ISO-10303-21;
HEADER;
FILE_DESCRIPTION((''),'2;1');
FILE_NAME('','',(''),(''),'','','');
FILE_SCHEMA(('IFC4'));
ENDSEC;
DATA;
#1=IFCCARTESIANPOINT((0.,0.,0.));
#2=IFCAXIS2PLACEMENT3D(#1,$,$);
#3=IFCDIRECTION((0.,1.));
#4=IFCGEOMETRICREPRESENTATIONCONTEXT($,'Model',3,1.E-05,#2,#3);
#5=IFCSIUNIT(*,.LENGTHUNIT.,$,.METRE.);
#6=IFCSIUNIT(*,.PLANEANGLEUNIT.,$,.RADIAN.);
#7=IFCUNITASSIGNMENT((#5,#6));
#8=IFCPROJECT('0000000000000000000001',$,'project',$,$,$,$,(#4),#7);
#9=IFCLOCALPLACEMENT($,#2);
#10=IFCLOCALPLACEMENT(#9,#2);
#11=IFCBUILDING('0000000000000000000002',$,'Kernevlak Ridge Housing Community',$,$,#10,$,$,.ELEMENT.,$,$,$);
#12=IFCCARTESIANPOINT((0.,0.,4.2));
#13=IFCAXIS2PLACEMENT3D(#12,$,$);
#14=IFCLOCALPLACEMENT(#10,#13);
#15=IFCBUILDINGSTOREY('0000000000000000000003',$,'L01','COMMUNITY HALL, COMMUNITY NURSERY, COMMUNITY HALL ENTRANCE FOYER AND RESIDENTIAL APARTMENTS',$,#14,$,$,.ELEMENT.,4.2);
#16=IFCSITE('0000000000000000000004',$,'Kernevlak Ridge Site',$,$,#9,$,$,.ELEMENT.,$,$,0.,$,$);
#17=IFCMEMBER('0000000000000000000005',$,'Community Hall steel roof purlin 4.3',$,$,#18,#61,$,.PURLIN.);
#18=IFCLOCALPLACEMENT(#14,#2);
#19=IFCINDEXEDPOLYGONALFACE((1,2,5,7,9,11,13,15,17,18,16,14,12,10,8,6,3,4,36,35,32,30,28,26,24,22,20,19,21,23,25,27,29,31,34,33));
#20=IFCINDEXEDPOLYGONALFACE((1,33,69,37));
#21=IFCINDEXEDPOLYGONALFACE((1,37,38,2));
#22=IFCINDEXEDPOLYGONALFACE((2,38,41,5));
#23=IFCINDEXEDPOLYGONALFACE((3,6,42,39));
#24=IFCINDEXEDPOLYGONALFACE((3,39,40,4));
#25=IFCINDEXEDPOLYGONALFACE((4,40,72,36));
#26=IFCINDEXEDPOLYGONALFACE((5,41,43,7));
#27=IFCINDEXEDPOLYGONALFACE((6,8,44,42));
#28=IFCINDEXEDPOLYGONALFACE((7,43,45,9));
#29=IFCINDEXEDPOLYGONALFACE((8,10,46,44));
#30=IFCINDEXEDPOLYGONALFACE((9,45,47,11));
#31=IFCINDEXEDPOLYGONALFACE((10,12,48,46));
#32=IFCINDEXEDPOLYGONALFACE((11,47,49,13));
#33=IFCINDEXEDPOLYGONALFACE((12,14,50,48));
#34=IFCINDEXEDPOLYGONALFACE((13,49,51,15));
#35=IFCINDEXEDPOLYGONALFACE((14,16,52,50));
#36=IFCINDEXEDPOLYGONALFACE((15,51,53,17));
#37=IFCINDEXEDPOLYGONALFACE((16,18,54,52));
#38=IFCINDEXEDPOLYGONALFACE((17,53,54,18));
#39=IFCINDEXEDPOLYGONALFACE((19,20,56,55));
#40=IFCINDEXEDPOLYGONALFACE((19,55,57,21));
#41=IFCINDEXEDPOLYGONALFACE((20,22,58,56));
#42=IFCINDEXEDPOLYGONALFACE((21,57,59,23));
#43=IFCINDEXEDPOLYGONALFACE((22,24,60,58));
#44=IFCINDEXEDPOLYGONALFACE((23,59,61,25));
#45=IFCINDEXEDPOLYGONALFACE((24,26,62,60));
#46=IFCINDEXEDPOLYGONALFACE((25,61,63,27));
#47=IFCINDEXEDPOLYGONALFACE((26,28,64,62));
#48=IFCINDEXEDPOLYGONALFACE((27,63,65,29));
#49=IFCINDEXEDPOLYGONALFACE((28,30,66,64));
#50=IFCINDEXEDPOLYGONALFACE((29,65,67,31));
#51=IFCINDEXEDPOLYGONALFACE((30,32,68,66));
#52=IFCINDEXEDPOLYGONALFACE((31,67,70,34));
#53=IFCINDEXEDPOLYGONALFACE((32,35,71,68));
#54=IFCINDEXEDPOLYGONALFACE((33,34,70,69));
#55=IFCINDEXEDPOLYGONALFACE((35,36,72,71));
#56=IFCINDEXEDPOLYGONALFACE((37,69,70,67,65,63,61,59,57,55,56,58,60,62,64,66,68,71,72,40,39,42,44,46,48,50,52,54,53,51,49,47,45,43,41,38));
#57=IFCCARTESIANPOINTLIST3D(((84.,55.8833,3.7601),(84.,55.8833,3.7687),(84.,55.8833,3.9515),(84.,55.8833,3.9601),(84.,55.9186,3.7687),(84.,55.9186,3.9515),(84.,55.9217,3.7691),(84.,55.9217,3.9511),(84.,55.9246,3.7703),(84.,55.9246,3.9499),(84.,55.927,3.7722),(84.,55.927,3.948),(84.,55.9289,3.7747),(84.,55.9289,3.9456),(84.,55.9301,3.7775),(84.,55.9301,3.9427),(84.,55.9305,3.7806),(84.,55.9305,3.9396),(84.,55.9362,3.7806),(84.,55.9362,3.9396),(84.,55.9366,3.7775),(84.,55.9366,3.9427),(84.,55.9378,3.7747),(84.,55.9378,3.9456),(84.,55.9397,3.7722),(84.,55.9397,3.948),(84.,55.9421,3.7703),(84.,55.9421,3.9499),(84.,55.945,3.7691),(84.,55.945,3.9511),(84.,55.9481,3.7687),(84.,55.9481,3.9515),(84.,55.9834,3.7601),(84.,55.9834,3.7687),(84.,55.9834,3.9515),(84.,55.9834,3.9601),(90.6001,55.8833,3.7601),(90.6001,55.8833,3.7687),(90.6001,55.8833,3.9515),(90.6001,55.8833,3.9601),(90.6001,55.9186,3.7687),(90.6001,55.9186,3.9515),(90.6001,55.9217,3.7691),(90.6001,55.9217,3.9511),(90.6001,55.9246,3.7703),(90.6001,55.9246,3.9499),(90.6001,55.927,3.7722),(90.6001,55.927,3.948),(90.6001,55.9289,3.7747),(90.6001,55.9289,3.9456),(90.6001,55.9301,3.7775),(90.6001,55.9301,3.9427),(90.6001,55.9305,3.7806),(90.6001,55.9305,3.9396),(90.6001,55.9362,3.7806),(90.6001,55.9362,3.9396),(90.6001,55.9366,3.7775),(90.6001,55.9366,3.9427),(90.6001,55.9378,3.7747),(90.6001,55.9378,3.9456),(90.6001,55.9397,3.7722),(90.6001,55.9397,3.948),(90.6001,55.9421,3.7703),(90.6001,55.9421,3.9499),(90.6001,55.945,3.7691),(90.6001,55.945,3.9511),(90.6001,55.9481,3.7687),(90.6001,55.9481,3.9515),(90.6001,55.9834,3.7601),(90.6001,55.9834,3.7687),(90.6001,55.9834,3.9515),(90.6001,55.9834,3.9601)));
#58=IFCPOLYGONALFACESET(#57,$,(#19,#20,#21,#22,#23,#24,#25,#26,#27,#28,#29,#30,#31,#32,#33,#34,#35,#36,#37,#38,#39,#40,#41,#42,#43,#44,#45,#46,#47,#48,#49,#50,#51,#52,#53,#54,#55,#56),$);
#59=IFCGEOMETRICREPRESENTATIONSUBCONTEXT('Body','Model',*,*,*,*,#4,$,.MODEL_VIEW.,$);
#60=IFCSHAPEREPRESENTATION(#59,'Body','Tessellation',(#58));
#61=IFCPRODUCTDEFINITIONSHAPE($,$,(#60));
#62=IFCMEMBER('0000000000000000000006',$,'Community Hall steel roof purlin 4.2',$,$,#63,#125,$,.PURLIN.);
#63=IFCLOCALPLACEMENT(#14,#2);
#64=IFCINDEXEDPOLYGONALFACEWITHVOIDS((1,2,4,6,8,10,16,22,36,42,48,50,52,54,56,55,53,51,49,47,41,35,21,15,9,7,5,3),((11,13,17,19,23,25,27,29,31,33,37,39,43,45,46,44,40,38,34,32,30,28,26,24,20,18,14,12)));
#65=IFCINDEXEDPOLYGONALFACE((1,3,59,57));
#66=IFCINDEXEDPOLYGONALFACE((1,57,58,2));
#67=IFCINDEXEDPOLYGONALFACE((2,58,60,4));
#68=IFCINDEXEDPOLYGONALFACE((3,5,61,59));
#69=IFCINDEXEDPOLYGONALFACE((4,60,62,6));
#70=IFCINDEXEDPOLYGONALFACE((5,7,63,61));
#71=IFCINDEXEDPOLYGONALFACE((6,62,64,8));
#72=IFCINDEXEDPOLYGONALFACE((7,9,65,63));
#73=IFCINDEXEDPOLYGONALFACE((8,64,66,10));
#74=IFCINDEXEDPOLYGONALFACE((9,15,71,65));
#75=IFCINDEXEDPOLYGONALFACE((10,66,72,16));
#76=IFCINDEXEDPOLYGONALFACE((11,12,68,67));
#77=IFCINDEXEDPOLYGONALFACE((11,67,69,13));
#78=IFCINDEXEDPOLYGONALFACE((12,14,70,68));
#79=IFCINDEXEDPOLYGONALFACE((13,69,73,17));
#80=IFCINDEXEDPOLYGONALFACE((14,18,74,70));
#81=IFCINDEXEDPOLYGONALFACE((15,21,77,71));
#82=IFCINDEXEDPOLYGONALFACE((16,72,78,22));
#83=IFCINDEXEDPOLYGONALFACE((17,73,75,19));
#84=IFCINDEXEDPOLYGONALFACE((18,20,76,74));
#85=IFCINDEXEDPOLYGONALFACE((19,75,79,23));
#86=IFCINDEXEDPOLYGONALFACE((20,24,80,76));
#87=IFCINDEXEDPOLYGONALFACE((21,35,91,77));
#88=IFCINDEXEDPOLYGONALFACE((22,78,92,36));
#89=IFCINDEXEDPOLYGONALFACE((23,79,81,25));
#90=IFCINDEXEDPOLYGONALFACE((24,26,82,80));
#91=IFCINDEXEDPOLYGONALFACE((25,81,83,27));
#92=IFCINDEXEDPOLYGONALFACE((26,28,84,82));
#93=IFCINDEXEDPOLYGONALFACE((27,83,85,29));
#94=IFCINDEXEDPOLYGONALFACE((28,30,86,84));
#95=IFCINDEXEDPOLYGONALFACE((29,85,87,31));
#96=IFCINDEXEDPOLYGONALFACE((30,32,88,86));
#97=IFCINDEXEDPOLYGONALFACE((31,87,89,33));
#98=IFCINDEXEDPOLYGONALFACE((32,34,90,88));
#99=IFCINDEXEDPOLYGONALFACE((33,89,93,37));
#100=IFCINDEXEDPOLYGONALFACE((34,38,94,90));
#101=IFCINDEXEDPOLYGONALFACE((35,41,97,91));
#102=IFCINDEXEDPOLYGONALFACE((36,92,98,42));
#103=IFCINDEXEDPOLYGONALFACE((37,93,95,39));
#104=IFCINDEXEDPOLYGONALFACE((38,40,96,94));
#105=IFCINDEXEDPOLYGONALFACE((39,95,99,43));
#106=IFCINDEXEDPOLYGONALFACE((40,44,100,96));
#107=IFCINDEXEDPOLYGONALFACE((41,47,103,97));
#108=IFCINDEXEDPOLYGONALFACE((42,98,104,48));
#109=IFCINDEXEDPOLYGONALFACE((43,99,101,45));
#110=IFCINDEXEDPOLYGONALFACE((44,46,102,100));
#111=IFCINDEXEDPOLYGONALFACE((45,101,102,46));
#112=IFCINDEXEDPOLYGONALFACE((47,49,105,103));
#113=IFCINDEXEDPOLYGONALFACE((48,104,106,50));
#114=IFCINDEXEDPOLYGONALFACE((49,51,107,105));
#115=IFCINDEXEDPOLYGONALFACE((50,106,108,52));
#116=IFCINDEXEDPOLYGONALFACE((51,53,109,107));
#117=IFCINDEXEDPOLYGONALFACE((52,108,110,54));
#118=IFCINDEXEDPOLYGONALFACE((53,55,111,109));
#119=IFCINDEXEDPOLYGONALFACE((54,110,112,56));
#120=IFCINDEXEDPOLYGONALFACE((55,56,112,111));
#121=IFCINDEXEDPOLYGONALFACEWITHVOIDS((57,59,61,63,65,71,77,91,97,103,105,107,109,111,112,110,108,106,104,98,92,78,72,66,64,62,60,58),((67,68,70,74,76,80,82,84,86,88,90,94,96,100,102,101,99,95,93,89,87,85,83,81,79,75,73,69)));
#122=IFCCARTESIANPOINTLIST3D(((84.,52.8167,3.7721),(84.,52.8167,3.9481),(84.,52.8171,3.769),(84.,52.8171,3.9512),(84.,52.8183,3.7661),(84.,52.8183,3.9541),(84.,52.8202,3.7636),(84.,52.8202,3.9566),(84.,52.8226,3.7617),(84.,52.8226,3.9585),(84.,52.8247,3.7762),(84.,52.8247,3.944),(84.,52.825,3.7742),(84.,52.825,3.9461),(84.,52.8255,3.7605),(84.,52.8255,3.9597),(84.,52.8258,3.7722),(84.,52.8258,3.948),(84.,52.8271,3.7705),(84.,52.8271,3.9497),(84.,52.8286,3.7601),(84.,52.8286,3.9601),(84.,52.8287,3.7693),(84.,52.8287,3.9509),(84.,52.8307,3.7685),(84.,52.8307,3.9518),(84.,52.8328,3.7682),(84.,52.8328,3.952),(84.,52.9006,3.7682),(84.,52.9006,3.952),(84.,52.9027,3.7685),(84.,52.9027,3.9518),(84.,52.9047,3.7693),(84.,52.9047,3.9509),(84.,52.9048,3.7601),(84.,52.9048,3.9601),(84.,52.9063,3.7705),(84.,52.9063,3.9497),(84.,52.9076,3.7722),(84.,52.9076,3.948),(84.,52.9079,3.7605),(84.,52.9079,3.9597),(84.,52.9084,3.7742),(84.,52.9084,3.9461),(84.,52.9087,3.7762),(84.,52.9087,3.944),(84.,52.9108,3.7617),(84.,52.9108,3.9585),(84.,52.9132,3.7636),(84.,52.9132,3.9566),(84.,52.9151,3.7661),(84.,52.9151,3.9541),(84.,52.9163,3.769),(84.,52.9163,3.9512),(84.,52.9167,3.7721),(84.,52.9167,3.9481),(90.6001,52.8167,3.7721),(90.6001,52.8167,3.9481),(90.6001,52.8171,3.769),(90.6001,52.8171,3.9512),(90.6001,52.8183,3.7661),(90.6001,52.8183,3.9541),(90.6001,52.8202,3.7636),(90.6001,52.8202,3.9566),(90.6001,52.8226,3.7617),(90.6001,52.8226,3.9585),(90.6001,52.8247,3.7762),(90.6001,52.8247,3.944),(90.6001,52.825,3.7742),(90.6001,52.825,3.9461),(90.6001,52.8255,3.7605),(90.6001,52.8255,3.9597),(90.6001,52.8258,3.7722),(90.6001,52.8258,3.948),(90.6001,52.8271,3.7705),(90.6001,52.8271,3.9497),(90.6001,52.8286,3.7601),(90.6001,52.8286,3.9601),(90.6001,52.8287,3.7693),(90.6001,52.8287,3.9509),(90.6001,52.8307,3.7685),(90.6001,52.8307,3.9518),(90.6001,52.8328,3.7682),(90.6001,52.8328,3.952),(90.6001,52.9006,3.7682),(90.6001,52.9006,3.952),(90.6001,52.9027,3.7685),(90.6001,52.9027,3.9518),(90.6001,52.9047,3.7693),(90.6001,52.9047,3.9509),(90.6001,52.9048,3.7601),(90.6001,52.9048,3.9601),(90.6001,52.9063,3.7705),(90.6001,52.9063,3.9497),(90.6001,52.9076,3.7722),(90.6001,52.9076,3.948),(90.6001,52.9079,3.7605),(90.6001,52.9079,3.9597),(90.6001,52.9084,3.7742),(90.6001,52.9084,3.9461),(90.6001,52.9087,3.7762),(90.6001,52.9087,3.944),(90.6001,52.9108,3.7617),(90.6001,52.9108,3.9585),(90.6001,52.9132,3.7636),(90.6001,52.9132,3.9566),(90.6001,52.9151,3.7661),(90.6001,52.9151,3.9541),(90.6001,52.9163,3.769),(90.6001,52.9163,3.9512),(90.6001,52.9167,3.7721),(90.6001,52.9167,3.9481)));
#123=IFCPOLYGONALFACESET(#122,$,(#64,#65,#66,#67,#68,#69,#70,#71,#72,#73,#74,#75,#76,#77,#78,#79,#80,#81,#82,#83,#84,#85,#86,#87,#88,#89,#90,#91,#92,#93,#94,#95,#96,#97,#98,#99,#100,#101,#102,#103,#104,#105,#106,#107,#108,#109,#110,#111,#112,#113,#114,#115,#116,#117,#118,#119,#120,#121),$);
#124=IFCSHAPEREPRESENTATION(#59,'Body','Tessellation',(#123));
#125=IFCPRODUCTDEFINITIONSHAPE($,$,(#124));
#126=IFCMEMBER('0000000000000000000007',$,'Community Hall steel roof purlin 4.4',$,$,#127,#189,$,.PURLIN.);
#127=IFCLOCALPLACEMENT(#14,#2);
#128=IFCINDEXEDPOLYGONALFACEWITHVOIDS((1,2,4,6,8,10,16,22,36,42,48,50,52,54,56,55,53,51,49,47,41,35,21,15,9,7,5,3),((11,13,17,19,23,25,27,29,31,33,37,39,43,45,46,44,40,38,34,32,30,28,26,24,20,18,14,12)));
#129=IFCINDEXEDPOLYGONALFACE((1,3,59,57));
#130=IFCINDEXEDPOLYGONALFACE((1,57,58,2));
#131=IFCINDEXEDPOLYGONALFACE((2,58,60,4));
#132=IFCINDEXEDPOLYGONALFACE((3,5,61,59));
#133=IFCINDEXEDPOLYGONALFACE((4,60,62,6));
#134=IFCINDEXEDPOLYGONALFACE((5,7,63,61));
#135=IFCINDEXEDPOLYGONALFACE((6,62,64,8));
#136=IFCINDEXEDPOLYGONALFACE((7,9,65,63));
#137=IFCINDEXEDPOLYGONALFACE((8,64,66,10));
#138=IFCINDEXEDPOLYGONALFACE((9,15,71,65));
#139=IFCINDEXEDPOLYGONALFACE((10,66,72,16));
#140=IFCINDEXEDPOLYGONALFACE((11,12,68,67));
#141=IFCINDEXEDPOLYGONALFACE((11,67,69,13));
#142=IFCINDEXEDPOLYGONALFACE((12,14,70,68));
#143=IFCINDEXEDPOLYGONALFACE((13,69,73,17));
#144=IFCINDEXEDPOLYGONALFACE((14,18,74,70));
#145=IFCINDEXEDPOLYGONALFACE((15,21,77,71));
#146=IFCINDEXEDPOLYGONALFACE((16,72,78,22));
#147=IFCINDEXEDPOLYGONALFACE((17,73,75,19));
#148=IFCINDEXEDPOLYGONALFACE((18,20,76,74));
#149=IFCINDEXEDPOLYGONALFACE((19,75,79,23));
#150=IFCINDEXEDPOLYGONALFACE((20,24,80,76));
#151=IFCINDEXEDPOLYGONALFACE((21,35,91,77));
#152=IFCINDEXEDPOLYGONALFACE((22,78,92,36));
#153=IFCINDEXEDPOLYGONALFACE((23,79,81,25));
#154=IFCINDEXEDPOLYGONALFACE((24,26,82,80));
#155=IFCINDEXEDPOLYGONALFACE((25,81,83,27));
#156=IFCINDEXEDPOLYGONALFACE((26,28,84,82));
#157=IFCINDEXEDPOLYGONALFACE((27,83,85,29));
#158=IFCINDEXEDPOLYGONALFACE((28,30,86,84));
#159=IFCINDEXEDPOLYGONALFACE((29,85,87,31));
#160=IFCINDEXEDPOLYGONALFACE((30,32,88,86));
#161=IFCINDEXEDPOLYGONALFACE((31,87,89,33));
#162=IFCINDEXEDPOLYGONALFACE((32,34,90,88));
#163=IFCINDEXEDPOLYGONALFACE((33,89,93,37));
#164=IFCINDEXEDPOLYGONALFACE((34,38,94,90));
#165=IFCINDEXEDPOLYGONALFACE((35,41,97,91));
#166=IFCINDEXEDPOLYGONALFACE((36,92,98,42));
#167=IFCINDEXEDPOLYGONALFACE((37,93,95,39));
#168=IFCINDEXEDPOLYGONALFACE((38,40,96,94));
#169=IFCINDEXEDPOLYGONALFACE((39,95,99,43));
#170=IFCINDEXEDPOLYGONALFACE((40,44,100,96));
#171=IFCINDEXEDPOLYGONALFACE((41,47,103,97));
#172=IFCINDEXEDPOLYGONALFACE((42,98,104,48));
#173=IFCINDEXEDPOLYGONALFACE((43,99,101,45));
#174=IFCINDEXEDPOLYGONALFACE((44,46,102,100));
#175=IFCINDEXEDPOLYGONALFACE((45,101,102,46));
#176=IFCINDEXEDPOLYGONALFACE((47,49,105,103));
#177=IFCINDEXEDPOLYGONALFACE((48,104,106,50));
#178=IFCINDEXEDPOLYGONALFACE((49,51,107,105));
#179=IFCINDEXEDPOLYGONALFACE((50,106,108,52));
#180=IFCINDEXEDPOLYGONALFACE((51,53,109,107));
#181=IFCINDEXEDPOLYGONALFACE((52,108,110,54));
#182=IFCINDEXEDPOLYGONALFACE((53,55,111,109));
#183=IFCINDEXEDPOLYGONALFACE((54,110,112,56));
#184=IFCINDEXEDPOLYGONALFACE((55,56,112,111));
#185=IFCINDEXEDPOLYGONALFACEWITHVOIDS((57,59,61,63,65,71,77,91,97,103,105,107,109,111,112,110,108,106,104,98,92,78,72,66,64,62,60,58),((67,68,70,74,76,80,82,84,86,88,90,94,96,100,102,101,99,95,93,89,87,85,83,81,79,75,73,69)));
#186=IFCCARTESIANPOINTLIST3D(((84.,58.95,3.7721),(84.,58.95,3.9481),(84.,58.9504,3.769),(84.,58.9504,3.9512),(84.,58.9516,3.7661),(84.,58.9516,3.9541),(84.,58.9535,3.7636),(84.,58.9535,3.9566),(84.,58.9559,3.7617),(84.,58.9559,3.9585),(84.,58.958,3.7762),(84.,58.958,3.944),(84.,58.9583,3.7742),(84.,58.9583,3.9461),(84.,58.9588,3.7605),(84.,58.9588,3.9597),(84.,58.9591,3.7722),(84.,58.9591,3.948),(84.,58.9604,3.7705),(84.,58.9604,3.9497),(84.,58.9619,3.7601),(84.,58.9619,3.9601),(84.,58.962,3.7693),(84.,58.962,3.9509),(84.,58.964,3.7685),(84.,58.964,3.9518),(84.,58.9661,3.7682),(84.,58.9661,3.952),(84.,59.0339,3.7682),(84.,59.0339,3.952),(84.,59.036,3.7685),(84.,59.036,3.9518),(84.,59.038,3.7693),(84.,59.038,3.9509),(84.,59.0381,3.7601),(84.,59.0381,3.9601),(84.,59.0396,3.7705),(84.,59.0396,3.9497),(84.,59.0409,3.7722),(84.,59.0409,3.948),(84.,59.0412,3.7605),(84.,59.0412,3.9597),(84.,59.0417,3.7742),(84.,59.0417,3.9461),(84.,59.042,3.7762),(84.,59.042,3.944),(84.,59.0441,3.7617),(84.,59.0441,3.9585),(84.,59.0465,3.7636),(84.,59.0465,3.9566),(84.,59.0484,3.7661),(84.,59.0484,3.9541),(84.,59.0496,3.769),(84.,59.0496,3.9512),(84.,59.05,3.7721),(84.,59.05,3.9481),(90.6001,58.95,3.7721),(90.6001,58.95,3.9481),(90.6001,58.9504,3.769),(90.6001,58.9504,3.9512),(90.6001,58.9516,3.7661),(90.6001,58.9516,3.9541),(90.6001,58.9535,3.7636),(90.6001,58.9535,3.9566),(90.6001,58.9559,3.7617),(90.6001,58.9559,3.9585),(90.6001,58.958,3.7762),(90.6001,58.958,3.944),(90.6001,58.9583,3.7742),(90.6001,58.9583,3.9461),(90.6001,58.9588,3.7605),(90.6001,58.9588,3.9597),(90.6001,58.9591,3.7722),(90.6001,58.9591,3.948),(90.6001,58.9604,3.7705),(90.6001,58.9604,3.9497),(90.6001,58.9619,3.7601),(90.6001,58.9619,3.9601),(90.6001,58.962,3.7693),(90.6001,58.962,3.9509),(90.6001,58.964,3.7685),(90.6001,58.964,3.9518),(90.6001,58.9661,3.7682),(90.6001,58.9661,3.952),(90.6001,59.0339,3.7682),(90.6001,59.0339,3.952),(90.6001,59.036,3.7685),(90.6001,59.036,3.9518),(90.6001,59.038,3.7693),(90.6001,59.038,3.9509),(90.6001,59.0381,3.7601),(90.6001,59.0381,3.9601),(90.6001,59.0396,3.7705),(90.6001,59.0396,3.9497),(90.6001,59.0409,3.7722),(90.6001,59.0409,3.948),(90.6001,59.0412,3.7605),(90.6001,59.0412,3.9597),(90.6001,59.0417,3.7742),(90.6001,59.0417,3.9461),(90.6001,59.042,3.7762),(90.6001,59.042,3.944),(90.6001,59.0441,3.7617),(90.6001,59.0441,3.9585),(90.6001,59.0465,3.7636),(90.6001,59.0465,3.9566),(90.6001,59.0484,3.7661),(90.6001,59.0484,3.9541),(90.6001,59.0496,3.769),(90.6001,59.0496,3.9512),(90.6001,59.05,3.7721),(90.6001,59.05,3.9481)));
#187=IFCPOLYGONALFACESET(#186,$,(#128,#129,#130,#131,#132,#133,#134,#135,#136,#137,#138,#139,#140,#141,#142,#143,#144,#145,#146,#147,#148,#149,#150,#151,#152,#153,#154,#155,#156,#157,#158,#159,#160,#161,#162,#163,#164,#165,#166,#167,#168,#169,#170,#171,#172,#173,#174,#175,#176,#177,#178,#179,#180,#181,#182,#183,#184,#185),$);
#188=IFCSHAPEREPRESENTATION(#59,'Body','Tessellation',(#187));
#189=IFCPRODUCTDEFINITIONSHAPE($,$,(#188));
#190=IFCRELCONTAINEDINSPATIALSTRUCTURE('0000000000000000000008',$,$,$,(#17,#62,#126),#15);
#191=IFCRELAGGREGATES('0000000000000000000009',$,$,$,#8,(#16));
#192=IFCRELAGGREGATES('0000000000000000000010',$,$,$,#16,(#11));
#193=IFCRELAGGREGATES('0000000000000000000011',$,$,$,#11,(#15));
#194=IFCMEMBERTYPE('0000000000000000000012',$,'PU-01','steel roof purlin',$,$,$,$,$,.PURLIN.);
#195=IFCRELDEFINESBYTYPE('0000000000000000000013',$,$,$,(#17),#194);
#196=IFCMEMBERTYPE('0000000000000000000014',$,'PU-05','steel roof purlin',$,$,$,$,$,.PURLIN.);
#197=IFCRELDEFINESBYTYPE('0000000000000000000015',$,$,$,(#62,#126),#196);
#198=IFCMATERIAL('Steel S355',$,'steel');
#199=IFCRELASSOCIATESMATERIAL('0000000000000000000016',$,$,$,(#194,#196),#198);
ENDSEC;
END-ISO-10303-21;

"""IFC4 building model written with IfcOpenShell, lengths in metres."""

from ifc_helpers import new_model, si_unit, direction, frame, origin, origin_2d, place, context, subcontext, project, spatial, hollow_rectangle, i_section, extrude, material, material_profile, profile_set, type_object, element, save


model = new_model("IFC4")

# Units and contexts
model_context = context("Model", 3, precision=1e-05, world=origin(), true_north=direction((0.0, 1.0)))
body_context = subcontext(model_context, "Body", "Model", "MODEL_VIEW")
ifc_project = project(units=[si_unit("LENGTHUNIT", "METRE"), si_unit("PLANEANGLEUNIT", "RADIAN")], contexts=[model_context])

# Site, building, storey
site_placement = place(None, origin())
site = spatial("IfcSite", under=ifc_project, at=site_placement, Name="Kernevlak Ridge Site", CompositionType="ELEMENT", RefElevation=0.0)
building_placement = place(site_placement, origin())
building = spatial("IfcBuilding", under=site, at=building_placement, Name="Kernevlak Ridge Housing Community", CompositionType="ELEMENT")
storey_placement = place(building_placement, frame((0.0, 0.0, 4.2)))
storey = spatial("IfcBuildingStorey", under=building, at=storey_placement, Name="L01", Description="COMMUNITY HALL, COMMUNITY NURSERY, COMMUNITY HALL ENTRANCE FOYER AND RESIDENTIAL APARTMENTS", CompositionType="ELEMENT", Elevation=4.2)

# Members
ifc_material = material(Name="Steel S355", Category="steel")
ifc_material_profile_1 = material_profile(ifc_material, i_section(OverallWidth=0.1001, OverallDepth=0.2, WebThickness=0.0056, FlangeThickness=0.0085, FilletRadius=0.012, at=origin_2d()), Name="IPE 200")
ifc_profile_set_1 = profile_set([ifc_material_profile_1], Name="Steel S355")
member_type_1 = type_object("IfcMemberType", Name="PU-01", Description="steel roof purlin", PredefinedType="PURLIN", material=ifc_profile_set_1)
member_1_placement = place(storey_placement, frame((84.0, 55.9333, 3.8601), z_axis=(1.0, 0.0, 0.0), x_axis=(0.0, 1.0, 0.0)))
element("IfcMember", 1, at=member_1_placement, inside=storey, type_object=member_type_1, Name="Community Hall steel roof purlin 4.3", PredefinedType="PURLIN", context=body_context, shape_type="SweptSolid", body=[
    extrude(i_section(OverallWidth=0.1001, OverallDepth=0.2, WebThickness=0.0056, FlangeThickness=0.0085, FilletRadius=0.012, at=origin_2d()), origin(), (0.0, 0.0, 1.0), 6.6001),
])
ifc_material_profile_2 = material_profile(ifc_material, hollow_rectangle(XDim=0.1001, YDim=0.2, WallThickness=0.0081, InnerFilletRadius=0.0081, OuterFilletRadius=0.012, at=origin_2d()), Name="RHS 200x100x8")
ifc_profile_set_2 = profile_set([ifc_material_profile_2], Name="Steel S355")
member_type_2 = type_object("IfcMemberType", Name="PU-05", Description="steel roof purlin", PredefinedType="PURLIN", material=ifc_profile_set_2)
for number, where, z_axis, x_axis, name in (
    (2, (84.0, 52.8667, 3.8601), (1.0, 0.0, 0.0), (0.0, 1.0, 0.0), "Community Hall steel roof purlin 4.2"),
    (3, (84.0, 59.0, 3.8601), (1.0, 0.0, 0.0), (0.0, 1.0, 0.0), "Community Hall steel roof purlin 4.4"),
):
    element("IfcMember", number, at=place(storey_placement, frame(where, z_axis=z_axis, x_axis=x_axis)), inside=storey, type_object=member_type_2, Name=name, PredefinedType="PURLIN", context=body_context, shape_type="SweptSolid", body=[
        extrude(hollow_rectangle(XDim=0.1001, YDim=0.2, WallThickness=0.0081, InnerFilletRadius=0.0081, OuterFilletRadius=0.012, at=origin_2d()), origin(), (0.0, 0.0, 1.0), 6.6001),
    ])

save(model, "model.ifc")
